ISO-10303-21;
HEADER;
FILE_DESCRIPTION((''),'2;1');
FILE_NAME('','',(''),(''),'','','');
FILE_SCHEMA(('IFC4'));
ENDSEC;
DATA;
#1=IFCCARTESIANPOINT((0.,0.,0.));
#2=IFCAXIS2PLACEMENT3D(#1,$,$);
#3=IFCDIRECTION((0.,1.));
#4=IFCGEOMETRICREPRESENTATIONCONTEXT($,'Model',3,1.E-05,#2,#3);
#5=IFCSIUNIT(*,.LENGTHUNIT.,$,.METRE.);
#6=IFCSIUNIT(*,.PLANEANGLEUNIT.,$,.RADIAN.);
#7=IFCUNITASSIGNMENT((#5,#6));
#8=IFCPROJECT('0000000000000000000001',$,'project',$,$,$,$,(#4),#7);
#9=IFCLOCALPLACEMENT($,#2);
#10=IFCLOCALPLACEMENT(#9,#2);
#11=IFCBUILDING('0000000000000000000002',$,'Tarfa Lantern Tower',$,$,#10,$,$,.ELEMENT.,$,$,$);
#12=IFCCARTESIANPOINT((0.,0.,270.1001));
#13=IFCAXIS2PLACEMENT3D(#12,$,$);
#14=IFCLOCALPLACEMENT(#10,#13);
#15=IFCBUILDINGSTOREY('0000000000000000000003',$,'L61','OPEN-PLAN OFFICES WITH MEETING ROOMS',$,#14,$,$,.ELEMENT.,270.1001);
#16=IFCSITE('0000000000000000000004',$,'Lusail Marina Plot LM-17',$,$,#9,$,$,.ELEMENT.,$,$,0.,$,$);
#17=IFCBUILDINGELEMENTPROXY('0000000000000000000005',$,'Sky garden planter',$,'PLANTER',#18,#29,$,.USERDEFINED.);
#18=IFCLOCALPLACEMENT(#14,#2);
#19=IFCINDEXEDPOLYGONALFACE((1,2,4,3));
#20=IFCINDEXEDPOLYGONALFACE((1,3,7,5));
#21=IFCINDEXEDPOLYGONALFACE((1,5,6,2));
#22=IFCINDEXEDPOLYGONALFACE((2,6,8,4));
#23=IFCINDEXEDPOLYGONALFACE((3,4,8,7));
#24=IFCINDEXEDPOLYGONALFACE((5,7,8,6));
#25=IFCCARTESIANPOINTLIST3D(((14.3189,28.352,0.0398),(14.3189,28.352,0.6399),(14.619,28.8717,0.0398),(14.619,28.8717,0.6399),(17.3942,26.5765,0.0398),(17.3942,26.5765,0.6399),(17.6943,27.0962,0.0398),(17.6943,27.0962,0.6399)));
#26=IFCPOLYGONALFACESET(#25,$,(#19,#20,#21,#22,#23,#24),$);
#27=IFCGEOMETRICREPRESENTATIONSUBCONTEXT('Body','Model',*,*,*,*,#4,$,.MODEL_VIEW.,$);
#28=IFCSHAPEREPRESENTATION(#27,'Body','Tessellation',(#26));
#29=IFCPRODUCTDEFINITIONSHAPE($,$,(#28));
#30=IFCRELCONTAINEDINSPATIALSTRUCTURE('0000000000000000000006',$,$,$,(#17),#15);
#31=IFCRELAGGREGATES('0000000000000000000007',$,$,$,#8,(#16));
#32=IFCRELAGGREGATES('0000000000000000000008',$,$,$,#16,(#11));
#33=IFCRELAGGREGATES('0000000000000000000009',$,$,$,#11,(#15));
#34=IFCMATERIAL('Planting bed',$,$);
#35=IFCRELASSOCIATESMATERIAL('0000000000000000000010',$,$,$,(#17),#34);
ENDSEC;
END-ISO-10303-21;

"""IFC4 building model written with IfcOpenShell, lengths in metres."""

from ifc_helpers import new_model, si_unit, direction, frame, origin, origin_2d, place, context, subcontext, project, spatial, rectangle, extrude, material, element, save


model = new_model("IFC4")

# Units and contexts
model_context = context("Model", 3, precision=1e-05, world=origin(), true_north=direction((0.0, 1.0)))
body_context = subcontext(model_context, "Body", "Model", "MODEL_VIEW")
ifc_project = project(units=[si_unit("LENGTHUNIT", "METRE"), si_unit("PLANEANGLEUNIT", "RADIAN")], contexts=[model_context])

# Site, building, storey
site_placement = place(None, origin())
site = spatial("IfcSite", under=ifc_project, at=site_placement, Name="Lusail Marina Plot LM-17", CompositionType="ELEMENT", RefElevation=0.0)
building_placement = place(site_placement, origin())
building = spatial("IfcBuilding", under=site, at=building_placement, Name="Tarfa Lantern Tower", CompositionType="ELEMENT")
storey_placement = place(building_placement, frame((0.0, 0.0, 270.1001)))
storey = spatial("IfcBuildingStorey", under=building, at=storey_placement, Name="L61", Description="OPEN-PLAN OFFICES WITH MEETING ROOMS", CompositionType="ELEMENT", Elevation=270.1001)

# Building element proxy
ifc_material_1 = material(Name="Planting bed")
proxy_placement = place(storey_placement, frame((16.0066, 27.7241, 0.0398), z_axis=(0.0, 0.0, 1.0), x_axis=(-0.866025, 0.5, 0.0)))
element("IfcBuildingElementProxy", 1, at=proxy_placement, inside=storey, material=ifc_material_1, Name="Sky garden planter", ObjectType="PLANTER", PredefinedType="USERDEFINED", context=body_context, shape_type="SweptSolid", body=[
    extrude(rectangle(XDim=3.551, YDim=0.6001, at=origin_2d()), origin(), (0.0, 0.0, 1.0), 0.6001),
])

save(model, "model.ifc")
